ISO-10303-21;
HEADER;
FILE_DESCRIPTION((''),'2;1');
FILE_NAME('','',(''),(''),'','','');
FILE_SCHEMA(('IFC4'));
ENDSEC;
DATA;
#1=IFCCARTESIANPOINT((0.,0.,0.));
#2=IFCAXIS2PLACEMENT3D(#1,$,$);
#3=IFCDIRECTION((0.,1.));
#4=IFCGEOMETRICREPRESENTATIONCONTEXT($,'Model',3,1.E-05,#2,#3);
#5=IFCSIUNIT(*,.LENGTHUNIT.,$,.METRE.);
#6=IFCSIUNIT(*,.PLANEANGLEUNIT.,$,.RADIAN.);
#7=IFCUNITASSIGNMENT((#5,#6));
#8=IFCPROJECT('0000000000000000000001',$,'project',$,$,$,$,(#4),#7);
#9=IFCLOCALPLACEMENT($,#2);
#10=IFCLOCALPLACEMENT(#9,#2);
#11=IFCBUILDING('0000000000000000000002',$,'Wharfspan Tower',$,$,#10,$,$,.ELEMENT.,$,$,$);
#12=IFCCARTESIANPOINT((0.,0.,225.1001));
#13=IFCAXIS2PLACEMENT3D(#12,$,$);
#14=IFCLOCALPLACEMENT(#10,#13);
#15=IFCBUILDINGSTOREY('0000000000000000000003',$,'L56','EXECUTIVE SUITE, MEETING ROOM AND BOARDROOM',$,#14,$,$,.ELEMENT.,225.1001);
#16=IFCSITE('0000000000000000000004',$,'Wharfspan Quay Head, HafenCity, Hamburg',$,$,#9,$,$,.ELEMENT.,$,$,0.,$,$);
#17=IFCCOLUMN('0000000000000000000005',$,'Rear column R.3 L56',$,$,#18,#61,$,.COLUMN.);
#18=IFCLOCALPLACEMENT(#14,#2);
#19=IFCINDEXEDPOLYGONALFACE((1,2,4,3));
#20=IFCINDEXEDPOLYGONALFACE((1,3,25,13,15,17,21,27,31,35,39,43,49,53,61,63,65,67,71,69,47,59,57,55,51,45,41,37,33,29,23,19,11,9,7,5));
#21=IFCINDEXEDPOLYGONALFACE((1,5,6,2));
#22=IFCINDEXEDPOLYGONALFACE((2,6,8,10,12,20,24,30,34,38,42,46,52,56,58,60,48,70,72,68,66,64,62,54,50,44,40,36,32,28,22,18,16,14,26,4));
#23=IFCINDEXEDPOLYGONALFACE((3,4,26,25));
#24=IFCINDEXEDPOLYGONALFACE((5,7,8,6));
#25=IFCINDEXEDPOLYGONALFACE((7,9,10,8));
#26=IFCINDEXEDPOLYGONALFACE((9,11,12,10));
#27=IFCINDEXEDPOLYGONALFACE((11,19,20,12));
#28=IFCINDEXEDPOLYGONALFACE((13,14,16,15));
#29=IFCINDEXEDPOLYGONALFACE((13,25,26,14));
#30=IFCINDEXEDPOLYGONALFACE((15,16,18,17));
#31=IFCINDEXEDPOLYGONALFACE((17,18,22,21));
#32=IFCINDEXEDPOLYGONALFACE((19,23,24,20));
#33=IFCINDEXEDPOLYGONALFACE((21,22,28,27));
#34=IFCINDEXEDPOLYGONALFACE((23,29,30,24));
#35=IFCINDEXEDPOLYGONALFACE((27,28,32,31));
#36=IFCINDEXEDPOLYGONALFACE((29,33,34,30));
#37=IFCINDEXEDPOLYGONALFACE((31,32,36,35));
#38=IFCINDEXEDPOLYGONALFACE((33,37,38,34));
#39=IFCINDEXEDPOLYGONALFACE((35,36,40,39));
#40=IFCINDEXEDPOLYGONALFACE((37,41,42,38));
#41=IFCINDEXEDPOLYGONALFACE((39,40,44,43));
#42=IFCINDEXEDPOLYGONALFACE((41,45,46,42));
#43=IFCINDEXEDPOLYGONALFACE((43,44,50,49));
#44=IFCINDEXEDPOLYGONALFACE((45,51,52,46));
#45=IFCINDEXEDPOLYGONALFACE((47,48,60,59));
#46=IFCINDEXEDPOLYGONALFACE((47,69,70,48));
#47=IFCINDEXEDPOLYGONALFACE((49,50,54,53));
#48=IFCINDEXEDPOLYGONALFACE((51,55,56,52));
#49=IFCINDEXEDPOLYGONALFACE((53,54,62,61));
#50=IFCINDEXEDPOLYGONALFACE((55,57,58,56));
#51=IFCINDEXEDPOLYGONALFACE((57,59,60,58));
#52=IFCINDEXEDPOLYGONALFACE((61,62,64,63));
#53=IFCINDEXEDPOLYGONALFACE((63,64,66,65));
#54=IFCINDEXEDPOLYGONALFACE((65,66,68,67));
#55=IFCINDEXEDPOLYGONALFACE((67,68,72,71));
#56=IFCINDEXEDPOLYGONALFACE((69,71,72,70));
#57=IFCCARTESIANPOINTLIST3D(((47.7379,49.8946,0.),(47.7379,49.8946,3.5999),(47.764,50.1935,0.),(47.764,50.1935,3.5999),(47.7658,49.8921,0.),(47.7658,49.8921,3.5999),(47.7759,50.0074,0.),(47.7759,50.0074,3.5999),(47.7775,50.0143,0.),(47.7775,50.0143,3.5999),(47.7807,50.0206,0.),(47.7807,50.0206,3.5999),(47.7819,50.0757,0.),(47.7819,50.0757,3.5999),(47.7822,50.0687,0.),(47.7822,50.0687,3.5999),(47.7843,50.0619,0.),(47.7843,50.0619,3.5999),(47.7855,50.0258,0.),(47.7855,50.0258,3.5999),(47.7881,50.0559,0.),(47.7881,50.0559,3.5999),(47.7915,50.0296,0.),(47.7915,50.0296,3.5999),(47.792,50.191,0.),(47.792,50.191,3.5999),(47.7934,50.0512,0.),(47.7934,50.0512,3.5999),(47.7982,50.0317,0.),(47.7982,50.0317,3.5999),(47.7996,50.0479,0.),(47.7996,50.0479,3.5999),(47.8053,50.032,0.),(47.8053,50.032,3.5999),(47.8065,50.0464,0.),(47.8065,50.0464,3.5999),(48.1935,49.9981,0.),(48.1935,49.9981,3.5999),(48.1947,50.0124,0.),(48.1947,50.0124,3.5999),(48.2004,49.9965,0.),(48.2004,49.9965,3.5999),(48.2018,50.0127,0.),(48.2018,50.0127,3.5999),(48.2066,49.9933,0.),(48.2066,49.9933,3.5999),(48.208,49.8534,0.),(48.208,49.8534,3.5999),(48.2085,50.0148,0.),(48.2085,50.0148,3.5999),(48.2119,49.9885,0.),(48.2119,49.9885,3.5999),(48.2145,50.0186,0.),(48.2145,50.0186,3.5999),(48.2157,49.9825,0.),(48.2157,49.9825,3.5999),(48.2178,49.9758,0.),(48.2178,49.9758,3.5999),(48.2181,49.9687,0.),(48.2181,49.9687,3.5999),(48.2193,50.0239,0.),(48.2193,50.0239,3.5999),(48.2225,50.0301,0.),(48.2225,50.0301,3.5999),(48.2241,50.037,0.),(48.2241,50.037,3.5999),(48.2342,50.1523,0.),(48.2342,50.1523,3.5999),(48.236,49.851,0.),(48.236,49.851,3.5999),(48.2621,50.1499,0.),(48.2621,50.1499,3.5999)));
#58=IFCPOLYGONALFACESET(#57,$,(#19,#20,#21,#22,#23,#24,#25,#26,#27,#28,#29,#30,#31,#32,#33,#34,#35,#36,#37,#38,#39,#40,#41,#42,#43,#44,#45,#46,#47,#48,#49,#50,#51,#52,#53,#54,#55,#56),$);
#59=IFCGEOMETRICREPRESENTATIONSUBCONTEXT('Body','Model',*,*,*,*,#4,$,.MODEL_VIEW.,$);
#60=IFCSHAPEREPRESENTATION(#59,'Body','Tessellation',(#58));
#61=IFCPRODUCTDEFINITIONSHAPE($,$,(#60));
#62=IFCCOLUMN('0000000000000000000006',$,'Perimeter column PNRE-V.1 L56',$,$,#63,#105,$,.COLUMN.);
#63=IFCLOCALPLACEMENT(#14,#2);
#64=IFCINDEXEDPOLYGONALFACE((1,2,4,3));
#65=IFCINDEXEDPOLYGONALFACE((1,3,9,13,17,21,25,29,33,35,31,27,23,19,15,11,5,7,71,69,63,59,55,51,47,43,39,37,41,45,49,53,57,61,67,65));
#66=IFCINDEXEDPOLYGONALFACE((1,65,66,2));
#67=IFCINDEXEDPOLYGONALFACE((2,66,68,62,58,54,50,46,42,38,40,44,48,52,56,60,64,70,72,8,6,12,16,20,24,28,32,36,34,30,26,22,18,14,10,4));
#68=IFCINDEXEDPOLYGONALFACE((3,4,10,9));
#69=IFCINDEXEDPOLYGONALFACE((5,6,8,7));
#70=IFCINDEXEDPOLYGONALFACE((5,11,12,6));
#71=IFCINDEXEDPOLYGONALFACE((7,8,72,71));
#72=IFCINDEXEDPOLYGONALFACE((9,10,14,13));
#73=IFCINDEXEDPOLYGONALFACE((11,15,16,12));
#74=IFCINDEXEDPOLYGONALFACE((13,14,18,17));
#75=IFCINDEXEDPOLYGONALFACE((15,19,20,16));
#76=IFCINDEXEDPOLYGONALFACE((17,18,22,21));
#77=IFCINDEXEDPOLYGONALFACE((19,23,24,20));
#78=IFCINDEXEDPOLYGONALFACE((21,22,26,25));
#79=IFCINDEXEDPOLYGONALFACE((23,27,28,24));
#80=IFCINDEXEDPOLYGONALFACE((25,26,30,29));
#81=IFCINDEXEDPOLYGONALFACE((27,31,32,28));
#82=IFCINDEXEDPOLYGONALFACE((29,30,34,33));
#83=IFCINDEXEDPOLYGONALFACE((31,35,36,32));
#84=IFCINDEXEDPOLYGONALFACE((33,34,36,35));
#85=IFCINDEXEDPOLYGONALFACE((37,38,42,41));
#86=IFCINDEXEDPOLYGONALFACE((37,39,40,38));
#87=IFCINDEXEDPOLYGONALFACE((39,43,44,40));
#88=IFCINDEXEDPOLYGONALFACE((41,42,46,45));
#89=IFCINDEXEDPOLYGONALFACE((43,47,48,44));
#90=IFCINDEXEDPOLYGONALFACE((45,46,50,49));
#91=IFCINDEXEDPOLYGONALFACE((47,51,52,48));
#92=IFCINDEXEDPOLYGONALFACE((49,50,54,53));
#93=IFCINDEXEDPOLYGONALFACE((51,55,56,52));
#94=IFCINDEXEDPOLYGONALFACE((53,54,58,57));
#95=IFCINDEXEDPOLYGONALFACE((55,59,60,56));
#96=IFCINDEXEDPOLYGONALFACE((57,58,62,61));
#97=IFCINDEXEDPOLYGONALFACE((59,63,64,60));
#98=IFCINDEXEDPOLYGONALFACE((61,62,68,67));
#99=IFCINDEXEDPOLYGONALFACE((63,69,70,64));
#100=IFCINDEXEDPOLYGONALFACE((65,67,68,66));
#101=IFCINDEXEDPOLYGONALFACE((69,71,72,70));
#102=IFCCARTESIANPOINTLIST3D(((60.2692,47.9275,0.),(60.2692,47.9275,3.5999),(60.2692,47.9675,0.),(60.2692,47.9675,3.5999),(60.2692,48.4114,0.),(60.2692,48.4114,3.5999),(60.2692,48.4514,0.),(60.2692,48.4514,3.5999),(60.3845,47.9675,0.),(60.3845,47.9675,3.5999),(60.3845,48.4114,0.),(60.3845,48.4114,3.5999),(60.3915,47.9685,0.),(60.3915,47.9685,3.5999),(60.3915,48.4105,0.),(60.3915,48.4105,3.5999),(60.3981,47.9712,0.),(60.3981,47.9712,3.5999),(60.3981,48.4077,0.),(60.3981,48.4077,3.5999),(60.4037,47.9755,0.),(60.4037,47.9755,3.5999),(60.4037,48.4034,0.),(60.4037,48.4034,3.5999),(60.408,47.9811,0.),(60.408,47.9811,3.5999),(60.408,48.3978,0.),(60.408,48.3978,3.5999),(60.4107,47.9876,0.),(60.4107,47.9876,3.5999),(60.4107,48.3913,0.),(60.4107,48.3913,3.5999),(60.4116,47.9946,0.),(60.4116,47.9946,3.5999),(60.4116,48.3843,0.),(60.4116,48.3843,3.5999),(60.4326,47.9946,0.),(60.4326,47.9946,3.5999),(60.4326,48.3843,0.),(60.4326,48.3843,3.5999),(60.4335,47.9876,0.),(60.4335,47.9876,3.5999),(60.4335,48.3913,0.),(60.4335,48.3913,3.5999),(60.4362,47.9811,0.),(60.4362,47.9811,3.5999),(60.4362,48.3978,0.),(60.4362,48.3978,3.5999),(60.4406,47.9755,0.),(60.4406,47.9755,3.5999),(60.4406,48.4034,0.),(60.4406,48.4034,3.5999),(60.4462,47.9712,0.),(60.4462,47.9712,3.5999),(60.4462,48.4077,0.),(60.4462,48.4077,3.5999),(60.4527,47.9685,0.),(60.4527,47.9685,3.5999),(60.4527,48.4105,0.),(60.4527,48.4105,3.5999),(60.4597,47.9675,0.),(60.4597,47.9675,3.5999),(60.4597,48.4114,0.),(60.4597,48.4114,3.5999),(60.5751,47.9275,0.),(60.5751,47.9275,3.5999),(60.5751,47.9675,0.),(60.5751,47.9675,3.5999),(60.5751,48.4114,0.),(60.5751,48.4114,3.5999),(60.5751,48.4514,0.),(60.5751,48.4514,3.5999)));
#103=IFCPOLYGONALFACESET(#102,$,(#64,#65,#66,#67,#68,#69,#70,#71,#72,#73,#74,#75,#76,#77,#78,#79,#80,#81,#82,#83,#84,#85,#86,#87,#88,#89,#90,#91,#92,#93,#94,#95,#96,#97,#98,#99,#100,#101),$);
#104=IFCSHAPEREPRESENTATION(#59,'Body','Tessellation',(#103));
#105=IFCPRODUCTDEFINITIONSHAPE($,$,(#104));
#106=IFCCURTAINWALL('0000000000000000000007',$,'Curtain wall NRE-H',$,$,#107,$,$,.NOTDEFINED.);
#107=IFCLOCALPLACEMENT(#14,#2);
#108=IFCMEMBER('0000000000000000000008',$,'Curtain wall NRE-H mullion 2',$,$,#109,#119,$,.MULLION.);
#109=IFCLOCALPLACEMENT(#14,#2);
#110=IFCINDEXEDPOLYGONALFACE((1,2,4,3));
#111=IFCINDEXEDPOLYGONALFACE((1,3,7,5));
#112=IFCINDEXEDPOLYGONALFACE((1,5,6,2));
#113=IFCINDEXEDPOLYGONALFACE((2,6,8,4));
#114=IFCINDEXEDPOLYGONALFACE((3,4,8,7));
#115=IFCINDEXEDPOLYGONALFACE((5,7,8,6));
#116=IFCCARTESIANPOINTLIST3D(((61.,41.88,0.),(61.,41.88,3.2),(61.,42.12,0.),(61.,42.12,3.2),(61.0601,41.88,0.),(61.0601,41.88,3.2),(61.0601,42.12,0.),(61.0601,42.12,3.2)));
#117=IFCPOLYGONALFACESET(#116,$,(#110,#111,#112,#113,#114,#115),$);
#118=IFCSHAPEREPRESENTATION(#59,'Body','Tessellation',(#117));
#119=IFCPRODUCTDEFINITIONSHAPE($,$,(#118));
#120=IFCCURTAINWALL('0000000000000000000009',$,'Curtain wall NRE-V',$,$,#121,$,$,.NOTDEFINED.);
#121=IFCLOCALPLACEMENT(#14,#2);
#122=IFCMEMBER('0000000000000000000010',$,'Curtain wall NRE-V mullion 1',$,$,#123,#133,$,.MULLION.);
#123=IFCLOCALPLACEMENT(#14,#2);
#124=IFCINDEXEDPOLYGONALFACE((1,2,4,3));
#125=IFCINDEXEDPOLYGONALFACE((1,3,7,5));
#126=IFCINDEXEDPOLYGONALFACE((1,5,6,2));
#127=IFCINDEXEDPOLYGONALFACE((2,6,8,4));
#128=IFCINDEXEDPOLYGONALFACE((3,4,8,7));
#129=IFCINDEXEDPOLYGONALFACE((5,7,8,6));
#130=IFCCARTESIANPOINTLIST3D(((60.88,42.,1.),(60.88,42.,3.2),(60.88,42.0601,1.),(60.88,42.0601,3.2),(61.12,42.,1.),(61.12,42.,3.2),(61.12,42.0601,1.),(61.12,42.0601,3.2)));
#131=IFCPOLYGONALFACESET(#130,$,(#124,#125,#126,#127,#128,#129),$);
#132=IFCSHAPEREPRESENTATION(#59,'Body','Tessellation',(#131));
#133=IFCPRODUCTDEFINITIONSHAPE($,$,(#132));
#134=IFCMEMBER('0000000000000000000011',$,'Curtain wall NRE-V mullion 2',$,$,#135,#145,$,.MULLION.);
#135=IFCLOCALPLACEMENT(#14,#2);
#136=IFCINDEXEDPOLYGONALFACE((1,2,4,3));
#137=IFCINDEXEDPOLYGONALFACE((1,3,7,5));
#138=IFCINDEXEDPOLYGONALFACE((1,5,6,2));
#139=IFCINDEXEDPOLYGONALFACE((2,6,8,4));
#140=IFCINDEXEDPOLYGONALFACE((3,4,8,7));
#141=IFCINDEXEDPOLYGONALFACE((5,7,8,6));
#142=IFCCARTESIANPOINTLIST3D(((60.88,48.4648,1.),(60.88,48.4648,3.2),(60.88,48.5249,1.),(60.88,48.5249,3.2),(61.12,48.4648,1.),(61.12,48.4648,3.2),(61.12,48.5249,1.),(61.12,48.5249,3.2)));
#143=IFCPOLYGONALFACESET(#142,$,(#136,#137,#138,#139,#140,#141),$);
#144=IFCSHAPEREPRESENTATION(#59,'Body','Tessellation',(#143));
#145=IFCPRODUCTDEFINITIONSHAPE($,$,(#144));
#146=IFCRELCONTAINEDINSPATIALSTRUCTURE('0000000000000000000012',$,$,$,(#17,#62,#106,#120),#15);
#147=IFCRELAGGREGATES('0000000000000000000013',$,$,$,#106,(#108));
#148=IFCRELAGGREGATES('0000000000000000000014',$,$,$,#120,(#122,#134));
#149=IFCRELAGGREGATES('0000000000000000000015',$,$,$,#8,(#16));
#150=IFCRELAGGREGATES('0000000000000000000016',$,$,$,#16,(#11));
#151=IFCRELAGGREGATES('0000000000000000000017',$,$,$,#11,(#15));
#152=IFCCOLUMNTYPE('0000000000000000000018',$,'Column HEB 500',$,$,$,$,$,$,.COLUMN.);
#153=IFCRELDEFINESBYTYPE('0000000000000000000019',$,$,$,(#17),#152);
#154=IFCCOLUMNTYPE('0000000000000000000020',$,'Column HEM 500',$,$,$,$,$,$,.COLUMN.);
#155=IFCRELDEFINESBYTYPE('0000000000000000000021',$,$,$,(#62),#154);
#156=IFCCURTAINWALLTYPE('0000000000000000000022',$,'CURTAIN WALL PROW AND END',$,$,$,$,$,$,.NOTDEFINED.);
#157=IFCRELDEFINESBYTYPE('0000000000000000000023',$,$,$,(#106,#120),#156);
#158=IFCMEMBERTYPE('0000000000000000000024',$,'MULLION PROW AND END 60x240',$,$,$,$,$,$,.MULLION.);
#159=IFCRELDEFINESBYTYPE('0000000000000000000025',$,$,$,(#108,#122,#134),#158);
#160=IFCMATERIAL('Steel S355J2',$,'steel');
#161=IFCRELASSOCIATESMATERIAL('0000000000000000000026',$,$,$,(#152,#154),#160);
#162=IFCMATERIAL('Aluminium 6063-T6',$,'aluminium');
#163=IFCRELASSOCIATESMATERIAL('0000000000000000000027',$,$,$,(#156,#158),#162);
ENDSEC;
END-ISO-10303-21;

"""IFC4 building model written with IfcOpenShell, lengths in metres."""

from ifc_helpers import new_model, si_unit, direction, frame, origin, origin_2d, place, context, subcontext, project, spatial, rectangle, i_section, extrude, material, material_profile, profile_set, type_object, element, aggregate, save


model = new_model("IFC4")

# Units and contexts
model_context = context("Model", 3, precision=1e-05, world=origin(), true_north=direction((0.0, 1.0)))
body_context = subcontext(model_context, "Body", "Model", "MODEL_VIEW")
ifc_project = project(units=[si_unit("LENGTHUNIT", "METRE"), si_unit("PLANEANGLEUNIT", "RADIAN")], contexts=[model_context])

# Site, building, storey
site_placement = place(None, origin())
site = spatial("IfcSite", under=ifc_project, at=site_placement, Name="Wharfspan Quay Head, HafenCity, Hamburg", CompositionType="ELEMENT", RefElevation=0.0)
building_placement = place(site_placement, origin())
building = spatial("IfcBuilding", under=site, at=building_placement, Name="Wharfspan Tower", CompositionType="ELEMENT")
storey_placement = place(building_placement, frame((0.0, 0.0, 225.1001)))
storey = spatial("IfcBuildingStorey", under=building, at=storey_placement, Name="L56", Description="EXECUTIVE SUITE, MEETING ROOM AND BOARDROOM", CompositionType="ELEMENT", Elevation=225.1001)

# Columns
ifc_material_1 = material(Name="Steel S355J2", Category="steel")
ifc_material_profile_1 = material_profile(ifc_material_1, i_section(OverallWidth=0.3, OverallDepth=0.5, WebThickness=0.0144, FlangeThickness=0.0281, FilletRadius=0.0271, at=origin_2d()))
ifc_profile_set_1 = profile_set([ifc_material_profile_1], Name="Steel S355J2")
column_type_1 = type_object("IfcColumnType", Name="Column HEB 500", PredefinedType="COLUMN", material=ifc_profile_set_1)
column_1_placement = place(storey_placement, frame((48.0, 50.0222, 0.0), z_axis=(0.0, 0.0, 1.0), x_axis=(0.087156, 0.996197, 0.0)))
element("IfcColumn", 1, at=column_1_placement, inside=storey, type_object=column_type_1, Name="Rear column R.3 L56", PredefinedType="COLUMN", context=body_context, shape_type="SweptSolid", body=[
    extrude(i_section(OverallWidth=0.3, OverallDepth=0.5, WebThickness=0.0144, FlangeThickness=0.0281, FilletRadius=0.0271, at=origin_2d()), origin(), (0.0, 0.0, 1.0), 3.5999),
])
ifc_material_profile_2 = material_profile(ifc_material_1, i_section(OverallWidth=0.3059, OverallDepth=0.5239, WebThickness=0.021, FlangeThickness=0.04, FilletRadius=0.0271, at=origin_2d()))
ifc_profile_set_2 = profile_set([ifc_material_profile_2], Name="Steel S355J2")
column_type_2 = type_object("IfcColumnType", Name="Column HEM 500", PredefinedType="COLUMN", material=ifc_profile_set_2)
column_2_placement = place(storey_placement, frame((60.4221, 48.1895, 0.0), z_axis=(0.0, 0.0, 1.0), x_axis=(1.0, 0.0, 0.0)))
element("IfcColumn", 2, at=column_2_placement, inside=storey, type_object=column_type_2, Name="Perimeter column PNRE-V.1 L56", PredefinedType="COLUMN", context=body_context, shape_type="SweptSolid", body=[
    extrude(i_section(OverallWidth=0.3059, OverallDepth=0.5239, WebThickness=0.021, FlangeThickness=0.04, FilletRadius=0.0271, at=origin_2d()), origin(), (0.0, 0.0, 1.0), 3.5999),
])

# Curtain wall, member
ifc_material_2 = material(Name="Aluminium 6063-T6", Category="aluminium")
curtain_wall_type = type_object("IfcCurtainWallType", Name="CURTAIN WALL PROW AND END", PredefinedType="NOTDEFINED", material=ifc_material_2)
curtain_wall_1_placement = place(storey_placement, origin())
curtain_wall_1 = element("IfcCurtainWall", 3, at=curtain_wall_1_placement, inside=storey, type_object=curtain_wall_type, Name="Curtain wall NRE-H", PredefinedType="NOTDEFINED")
ifc_material_profile_3 = material_profile(ifc_material_2, rectangle(XDim=0.24, YDim=0.0601, at=origin_2d()))
ifc_profile_set_3 = profile_set([ifc_material_profile_3], Name="Aluminium 6063-T6")
member_type_1 = type_object("IfcMemberType", Name="MULLION PROW AND END 60x240", PredefinedType="MULLION", material=ifc_profile_set_3)
member_1_placement = place(storey_placement, frame((61.03, 42.0, 0.0), z_axis=(0.0, 0.0, 1.0), x_axis=(0.0, -1.0, 0.0)))
member_1 = element("IfcMember", 4, at=member_1_placement, type_object=member_type_1, Name="Curtain wall NRE-H mullion 2", PredefinedType="MULLION", context=body_context, shape_type="SweptSolid", body=[
    extrude(rectangle(XDim=0.24, YDim=0.0601, at=origin_2d()), origin(), (0.0, 0.0, 1.0), 3.2),
])
aggregate(curtain_wall_1, [member_1])

# Curtain wall, members
curtain_wall_2_placement = place(storey_placement, origin())
curtain_wall_2 = element("IfcCurtainWall", 5, at=curtain_wall_2_placement, inside=storey, type_object=curtain_wall_type, Name="Curtain wall NRE-V", PredefinedType="NOTDEFINED")
member_2_placement = place(storey_placement, frame((61.0, 42.03, 1.0), z_axis=(0.0, 0.0, 1.0), x_axis=(-1.0, 0.0, 0.0)))
member_2 = element("IfcMember", 6, at=member_2_placement, type_object=member_type_1, Name="Curtain wall NRE-V mullion 1", PredefinedType="MULLION", context=body_context, shape_type="SweptSolid", body=[
    extrude(rectangle(XDim=0.24, YDim=0.0601, at=origin_2d()), origin(), (0.0, 0.0, 1.0), 2.2),
])
member_3_placement = place(storey_placement, frame((61.0, 48.4949, 1.0), z_axis=(0.0, 0.0, 1.0), x_axis=(-1.0, 0.0, 0.0)))
member_3 = element("IfcMember", 7, at=member_3_placement, type_object=member_type_1, Name="Curtain wall NRE-V mullion 2", PredefinedType="MULLION", context=body_context, shape_type="SweptSolid", body=[
    extrude(rectangle(XDim=0.24, YDim=0.0601, at=origin_2d()), origin(), (0.0, 0.0, 1.0), 2.2),
])

aggregate(curtain_wall_2, [member_2, member_3])

save(model, "model.ifc")
